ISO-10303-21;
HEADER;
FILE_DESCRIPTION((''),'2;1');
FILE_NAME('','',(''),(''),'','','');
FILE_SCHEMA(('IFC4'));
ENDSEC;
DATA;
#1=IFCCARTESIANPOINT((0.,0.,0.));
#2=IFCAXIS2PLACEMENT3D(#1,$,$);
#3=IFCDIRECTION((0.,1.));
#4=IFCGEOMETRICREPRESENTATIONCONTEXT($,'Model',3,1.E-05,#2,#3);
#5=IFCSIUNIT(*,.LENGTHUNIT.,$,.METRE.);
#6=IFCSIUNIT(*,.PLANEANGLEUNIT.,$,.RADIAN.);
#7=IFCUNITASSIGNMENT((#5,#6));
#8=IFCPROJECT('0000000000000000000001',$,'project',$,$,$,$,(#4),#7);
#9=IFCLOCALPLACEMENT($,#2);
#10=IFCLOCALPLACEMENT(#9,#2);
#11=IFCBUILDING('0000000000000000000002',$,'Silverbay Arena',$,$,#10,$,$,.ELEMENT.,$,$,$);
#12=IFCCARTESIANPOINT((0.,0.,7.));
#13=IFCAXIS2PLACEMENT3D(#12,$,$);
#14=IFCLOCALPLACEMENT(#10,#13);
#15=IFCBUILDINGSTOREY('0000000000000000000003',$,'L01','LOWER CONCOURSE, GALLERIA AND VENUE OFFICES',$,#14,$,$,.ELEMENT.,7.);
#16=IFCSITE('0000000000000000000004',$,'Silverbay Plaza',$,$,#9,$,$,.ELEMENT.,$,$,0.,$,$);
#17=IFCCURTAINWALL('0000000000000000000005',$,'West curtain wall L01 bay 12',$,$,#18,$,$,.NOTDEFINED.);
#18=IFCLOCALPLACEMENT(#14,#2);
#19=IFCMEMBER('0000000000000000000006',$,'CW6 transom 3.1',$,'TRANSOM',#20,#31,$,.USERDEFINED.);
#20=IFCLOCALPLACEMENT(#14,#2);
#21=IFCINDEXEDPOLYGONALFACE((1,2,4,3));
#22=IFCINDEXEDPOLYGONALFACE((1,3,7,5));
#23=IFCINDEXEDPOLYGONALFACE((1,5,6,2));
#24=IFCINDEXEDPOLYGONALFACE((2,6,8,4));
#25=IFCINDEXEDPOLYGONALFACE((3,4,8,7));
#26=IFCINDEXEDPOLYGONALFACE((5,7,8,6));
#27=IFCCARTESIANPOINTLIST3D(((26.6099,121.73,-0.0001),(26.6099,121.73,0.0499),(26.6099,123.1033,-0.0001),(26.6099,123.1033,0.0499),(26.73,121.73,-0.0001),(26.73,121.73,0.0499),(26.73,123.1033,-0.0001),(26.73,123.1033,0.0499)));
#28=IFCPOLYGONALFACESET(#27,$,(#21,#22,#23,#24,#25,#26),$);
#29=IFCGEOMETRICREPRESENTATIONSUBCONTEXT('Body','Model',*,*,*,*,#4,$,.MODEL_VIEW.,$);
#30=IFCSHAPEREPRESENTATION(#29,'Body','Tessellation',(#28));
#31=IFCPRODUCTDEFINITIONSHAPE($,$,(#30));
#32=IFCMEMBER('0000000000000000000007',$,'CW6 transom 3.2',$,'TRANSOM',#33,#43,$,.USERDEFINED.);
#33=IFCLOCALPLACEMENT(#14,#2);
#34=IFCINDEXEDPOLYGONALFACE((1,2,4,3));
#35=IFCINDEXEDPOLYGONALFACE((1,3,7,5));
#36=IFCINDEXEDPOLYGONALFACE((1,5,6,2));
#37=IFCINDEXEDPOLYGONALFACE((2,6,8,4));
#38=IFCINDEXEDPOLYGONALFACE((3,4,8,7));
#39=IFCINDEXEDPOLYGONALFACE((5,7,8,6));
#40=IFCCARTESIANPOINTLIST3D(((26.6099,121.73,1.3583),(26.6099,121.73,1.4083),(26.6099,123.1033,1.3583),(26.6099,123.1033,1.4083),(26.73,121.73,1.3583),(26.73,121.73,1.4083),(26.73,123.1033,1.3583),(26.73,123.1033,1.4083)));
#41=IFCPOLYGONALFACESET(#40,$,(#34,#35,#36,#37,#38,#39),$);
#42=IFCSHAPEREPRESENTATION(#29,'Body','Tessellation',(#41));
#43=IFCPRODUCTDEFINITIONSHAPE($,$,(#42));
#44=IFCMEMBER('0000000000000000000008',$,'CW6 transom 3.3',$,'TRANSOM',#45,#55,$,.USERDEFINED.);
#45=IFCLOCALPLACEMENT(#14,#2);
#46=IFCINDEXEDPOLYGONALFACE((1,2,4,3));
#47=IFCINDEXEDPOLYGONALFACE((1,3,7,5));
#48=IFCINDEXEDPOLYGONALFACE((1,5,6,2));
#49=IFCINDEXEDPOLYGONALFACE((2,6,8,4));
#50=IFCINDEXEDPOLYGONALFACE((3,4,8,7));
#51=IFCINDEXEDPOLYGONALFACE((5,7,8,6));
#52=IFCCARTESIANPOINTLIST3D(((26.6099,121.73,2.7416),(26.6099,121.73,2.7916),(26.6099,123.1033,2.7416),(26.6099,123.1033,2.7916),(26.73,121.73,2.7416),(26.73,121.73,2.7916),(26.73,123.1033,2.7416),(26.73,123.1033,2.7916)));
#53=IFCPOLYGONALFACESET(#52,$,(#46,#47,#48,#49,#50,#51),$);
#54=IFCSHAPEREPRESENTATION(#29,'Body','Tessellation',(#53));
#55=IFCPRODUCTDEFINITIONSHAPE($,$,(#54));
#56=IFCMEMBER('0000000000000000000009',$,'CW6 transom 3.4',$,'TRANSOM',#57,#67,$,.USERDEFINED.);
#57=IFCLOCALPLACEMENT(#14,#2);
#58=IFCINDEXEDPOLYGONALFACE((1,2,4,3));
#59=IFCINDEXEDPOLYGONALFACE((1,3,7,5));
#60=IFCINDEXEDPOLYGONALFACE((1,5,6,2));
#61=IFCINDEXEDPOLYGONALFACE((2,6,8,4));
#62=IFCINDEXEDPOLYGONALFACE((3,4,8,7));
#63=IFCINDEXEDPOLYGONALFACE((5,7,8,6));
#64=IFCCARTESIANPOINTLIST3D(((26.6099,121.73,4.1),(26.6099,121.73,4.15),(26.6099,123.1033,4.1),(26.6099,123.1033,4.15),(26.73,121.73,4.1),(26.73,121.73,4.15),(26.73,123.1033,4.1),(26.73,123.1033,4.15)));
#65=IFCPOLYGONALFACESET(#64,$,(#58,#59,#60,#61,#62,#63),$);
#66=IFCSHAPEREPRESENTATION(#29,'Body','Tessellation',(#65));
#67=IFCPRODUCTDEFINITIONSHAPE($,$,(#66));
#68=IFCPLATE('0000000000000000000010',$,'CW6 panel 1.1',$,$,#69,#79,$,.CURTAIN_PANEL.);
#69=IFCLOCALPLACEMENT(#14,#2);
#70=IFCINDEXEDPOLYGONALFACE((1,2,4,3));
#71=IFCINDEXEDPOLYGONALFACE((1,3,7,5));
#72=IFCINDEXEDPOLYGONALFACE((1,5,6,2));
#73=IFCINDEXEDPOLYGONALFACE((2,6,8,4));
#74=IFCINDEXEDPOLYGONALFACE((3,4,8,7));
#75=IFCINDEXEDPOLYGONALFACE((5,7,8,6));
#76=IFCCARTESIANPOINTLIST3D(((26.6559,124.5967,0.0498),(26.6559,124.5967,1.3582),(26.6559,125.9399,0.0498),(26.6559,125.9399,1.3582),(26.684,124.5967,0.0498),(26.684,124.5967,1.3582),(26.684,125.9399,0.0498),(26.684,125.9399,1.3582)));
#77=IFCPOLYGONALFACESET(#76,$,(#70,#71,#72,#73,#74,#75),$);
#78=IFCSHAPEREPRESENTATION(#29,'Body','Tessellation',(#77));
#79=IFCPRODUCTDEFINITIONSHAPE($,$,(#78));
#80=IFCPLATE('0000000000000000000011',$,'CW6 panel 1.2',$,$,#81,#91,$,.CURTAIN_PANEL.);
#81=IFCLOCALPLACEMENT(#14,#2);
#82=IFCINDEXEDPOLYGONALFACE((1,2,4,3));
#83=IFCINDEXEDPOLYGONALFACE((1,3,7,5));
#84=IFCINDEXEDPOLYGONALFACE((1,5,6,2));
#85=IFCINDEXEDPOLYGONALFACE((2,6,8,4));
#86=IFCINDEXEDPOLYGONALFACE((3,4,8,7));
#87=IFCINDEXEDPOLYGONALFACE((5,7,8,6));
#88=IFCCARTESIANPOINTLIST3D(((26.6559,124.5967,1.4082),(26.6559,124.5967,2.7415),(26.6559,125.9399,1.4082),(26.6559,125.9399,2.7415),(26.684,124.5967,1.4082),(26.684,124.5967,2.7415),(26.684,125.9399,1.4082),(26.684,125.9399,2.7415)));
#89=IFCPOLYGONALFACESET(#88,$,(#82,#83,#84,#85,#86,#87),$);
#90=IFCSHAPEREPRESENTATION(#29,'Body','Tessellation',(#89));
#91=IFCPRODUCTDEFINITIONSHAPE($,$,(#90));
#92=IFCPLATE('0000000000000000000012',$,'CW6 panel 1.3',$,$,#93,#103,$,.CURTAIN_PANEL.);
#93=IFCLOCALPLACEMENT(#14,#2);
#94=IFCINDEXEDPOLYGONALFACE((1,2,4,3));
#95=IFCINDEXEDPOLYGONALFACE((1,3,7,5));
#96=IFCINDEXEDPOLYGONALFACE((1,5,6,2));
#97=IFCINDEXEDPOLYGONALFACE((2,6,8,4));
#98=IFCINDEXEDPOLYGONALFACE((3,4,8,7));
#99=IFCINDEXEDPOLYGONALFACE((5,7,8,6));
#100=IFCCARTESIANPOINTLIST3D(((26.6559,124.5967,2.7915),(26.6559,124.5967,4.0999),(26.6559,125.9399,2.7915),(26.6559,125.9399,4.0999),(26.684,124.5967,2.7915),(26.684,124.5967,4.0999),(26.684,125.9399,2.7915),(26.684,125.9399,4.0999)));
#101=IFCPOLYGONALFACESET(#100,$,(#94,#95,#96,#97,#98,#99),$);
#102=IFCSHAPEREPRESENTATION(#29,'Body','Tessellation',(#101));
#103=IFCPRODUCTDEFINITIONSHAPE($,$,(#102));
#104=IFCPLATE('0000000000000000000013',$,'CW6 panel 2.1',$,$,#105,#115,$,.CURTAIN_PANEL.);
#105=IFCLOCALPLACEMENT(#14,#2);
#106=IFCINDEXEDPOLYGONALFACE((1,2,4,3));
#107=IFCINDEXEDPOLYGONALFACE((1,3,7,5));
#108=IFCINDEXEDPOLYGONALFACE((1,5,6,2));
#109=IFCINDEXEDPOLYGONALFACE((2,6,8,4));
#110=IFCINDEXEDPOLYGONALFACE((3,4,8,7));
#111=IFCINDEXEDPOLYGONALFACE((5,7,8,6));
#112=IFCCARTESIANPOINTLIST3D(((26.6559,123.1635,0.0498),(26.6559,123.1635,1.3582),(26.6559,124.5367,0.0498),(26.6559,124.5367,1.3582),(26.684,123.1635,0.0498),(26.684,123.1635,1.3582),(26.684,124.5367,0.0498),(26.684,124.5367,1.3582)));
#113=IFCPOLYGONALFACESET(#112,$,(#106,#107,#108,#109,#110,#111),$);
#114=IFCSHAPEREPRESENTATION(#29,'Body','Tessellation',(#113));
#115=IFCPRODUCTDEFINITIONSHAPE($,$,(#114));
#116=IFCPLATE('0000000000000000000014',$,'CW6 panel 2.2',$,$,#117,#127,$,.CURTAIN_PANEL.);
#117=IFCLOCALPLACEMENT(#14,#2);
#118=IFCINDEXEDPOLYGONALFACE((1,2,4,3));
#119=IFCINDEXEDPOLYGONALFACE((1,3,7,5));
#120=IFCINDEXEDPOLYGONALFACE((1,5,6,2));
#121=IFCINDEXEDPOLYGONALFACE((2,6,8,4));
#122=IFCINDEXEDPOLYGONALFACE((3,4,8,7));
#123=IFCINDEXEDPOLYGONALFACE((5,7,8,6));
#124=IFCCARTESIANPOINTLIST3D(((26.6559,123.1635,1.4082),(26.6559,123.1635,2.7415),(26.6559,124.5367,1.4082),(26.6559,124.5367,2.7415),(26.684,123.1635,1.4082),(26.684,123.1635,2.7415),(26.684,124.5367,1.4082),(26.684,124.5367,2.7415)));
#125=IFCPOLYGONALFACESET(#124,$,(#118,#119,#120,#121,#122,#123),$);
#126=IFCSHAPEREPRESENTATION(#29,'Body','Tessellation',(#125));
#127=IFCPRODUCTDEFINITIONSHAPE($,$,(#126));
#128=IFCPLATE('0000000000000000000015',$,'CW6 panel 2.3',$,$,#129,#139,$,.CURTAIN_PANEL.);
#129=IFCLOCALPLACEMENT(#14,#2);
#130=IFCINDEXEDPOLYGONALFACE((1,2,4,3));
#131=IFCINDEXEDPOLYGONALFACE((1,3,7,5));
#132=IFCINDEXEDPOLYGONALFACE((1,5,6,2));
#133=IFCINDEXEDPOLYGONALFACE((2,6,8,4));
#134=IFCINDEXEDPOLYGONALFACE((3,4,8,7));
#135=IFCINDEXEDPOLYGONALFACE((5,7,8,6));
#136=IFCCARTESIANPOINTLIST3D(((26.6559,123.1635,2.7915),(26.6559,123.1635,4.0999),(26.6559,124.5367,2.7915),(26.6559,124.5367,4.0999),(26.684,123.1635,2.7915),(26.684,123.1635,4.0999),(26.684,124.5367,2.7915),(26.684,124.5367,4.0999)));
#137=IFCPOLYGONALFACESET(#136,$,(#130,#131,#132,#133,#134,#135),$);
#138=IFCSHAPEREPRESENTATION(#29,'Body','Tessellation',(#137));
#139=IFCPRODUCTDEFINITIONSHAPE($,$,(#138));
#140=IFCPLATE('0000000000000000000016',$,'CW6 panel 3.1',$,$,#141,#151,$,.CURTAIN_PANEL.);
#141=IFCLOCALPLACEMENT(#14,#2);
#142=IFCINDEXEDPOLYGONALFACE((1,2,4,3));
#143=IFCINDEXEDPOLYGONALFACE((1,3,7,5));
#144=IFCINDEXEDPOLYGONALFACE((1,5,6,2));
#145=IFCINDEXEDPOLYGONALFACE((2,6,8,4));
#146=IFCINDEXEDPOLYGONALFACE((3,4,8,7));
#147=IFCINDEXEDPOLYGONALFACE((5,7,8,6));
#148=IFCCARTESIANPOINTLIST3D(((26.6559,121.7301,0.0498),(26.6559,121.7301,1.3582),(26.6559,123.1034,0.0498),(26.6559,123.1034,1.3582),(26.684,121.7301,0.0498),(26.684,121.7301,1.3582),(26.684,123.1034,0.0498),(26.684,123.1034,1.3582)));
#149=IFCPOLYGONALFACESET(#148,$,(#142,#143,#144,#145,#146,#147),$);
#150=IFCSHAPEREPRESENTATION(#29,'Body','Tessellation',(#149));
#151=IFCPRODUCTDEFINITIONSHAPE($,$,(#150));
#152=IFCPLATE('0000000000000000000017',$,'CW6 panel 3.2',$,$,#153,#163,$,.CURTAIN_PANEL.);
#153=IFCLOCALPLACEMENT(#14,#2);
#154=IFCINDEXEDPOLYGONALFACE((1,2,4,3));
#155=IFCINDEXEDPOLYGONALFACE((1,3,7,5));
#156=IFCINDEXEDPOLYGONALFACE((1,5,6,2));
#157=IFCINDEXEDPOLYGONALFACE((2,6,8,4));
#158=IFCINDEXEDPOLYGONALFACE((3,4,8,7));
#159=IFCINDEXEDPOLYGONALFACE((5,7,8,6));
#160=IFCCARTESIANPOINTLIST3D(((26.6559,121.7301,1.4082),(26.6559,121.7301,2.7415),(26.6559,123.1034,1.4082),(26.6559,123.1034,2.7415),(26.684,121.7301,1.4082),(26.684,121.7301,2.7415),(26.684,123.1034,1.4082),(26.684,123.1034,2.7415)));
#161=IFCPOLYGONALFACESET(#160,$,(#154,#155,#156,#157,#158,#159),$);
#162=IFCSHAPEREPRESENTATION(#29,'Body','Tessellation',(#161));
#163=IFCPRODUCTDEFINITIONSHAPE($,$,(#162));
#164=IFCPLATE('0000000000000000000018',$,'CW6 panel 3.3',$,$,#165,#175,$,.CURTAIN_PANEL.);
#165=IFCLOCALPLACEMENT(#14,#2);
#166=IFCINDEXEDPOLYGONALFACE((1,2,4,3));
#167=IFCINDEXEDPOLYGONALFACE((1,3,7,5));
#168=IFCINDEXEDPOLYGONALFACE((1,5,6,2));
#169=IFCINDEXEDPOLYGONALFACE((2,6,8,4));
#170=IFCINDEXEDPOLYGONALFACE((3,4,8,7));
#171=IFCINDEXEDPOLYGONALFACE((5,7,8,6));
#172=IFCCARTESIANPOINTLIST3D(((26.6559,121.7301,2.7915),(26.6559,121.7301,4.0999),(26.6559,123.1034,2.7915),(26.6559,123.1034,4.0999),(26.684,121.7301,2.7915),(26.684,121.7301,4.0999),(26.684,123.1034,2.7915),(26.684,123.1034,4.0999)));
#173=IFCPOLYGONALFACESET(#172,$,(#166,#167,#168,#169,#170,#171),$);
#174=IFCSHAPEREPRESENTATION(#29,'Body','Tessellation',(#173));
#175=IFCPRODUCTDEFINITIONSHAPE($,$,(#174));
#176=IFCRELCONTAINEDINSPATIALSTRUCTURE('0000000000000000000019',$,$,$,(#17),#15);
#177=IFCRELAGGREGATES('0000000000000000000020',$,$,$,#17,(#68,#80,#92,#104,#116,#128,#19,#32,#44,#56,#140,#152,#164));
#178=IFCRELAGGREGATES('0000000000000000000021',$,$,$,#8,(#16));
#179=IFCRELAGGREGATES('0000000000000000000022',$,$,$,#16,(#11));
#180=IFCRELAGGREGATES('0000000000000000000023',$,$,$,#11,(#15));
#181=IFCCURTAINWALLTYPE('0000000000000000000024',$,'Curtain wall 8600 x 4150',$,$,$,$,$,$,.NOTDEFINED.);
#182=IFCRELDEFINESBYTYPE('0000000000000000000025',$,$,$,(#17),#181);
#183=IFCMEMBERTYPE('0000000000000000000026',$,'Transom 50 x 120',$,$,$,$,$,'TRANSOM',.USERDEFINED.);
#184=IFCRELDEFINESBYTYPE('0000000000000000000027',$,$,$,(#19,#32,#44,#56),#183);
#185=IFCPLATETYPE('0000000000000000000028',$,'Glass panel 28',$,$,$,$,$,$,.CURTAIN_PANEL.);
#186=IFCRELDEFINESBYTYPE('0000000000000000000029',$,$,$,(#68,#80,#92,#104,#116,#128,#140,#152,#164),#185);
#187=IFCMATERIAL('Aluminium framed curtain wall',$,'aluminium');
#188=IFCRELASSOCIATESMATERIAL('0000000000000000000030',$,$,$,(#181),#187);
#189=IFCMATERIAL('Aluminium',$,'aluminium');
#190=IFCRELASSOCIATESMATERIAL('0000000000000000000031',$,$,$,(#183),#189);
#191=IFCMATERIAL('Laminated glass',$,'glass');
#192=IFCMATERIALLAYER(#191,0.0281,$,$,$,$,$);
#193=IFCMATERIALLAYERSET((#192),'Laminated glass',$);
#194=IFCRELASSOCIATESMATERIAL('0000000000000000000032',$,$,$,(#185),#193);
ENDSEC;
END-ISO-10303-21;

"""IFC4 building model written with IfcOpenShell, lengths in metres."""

from ifc_helpers import new_model, si_unit, direction, frame, origin, origin_2d, place, context, subcontext, project, spatial, rectangle, extrude, material, layer, layer_set, material_profile, profile_set, type_object, element, aggregate, save


model = new_model("IFC4")

# Units and contexts
model_context = context("Model", 3, precision=1e-05, world=origin(), true_north=direction((0.0, 1.0)))
body_context = subcontext(model_context, "Body", "Model", "MODEL_VIEW")
ifc_project = project(units=[si_unit("LENGTHUNIT", "METRE"), si_unit("PLANEANGLEUNIT", "RADIAN")], contexts=[model_context])

# Site, building, storey
site_placement = place(None, origin())
site = spatial("IfcSite", under=ifc_project, at=site_placement, Name="Silverbay Plaza", CompositionType="ELEMENT", RefElevation=0.0)
building_placement = place(site_placement, origin())
building = spatial("IfcBuilding", under=site, at=building_placement, Name="Silverbay Arena", CompositionType="ELEMENT")
storey_placement = place(building_placement, frame((0.0, 0.0, 7.0)))
storey = spatial("IfcBuildingStorey", under=building, at=storey_placement, Name="L01", Description="LOWER CONCOURSE, GALLERIA AND VENUE OFFICES", CompositionType="ELEMENT", Elevation=7.0)

# Curtain wall
ifc_material_1 = material(Name="Aluminium framed curtain wall", Category="aluminium")
curtain_wall_type = type_object("IfcCurtainWallType", Name="Curtain wall 8600 x 4150", PredefinedType="NOTDEFINED", material=ifc_material_1)
curtain_wall_placement = place(storey_placement, origin())
curtain_wall = element("IfcCurtainWall", 1, at=curtain_wall_placement, inside=storey, type_object=curtain_wall_type, Name="West curtain wall L01 bay 12", PredefinedType="NOTDEFINED")

# Members
ifc_material_2 = material(Name="Aluminium", Category="aluminium")
ifc_material_profile_1 = material_profile(ifc_material_2, rectangle(XDim=0.1201, YDim=0.05, at=origin_2d()), Name="Transom 50 x 120")
ifc_profile_set_1 = profile_set([ifc_material_profile_1], Name="Aluminium")
member_type_1 = type_object("IfcMemberType", Name="Transom 50 x 120", ElementType="TRANSOM", PredefinedType="USERDEFINED", material=ifc_profile_set_1)
member_1_placement = place(storey_placement, frame((26.6699, 123.1033, 0.0249), z_axis=(0.0, -1.0, 0.0), x_axis=(1.0, 0.0, 0.0)))
member_1 = element("IfcMember", 2, at=member_1_placement, type_object=member_type_1, Name="CW6 transom 3.1", ObjectType="TRANSOM", PredefinedType="USERDEFINED", context=body_context, shape_type="SweptSolid", body=[
    extrude(rectangle(XDim=0.1201, YDim=0.05, at=origin_2d()), origin(), (0.0, 0.0, 1.0), 1.3733),
])
member_2_placement = place(storey_placement, frame((26.6699, 123.1033, 1.3833), z_axis=(0.0, -1.0, 0.0), x_axis=(1.0, 0.0, 0.0)))
member_2 = element("IfcMember", 3, at=member_2_placement, type_object=member_type_1, Name="CW6 transom 3.2", ObjectType="TRANSOM", PredefinedType="USERDEFINED", context=body_context, shape_type="SweptSolid", body=[
    extrude(rectangle(XDim=0.1201, YDim=0.05, at=origin_2d()), origin(), (0.0, 0.0, 1.0), 1.3733),
])
member_3_placement = place(storey_placement, frame((26.6699, 123.1033, 2.7666), z_axis=(0.0, -1.0, 0.0), x_axis=(1.0, 0.0, 0.0)))
member_3 = element("IfcMember", 4, at=member_3_placement, type_object=member_type_1, Name="CW6 transom 3.3", ObjectType="TRANSOM", PredefinedType="USERDEFINED", context=body_context, shape_type="SweptSolid", body=[
    extrude(rectangle(XDim=0.1201, YDim=0.05, at=origin_2d()), origin(), (0.0, 0.0, 1.0), 1.3733),
])
member_4_placement = place(storey_placement, frame((26.6699, 123.1033, 4.125), z_axis=(0.0, -1.0, 0.0), x_axis=(1.0, 0.0, 0.0)))
member_4 = element("IfcMember", 5, at=member_4_placement, type_object=member_type_1, Name="CW6 transom 3.4", ObjectType="TRANSOM", PredefinedType="USERDEFINED", context=body_context, shape_type="SweptSolid", body=[
    extrude(rectangle(XDim=0.1201, YDim=0.05, at=origin_2d()), origin(), (0.0, 0.0, 1.0), 1.3733),
])

# Plates
ifc_material_3 = material(Name="Laminated glass", Category="glass")
ifc_layer_1 = layer(ifc_material_3, 0.0281)
ifc_layer_set_1 = layer_set([ifc_layer_1], Name="Laminated glass")
plate_type = type_object("IfcPlateType", Name="Glass panel 28", PredefinedType="CURTAIN_PANEL", material=ifc_layer_set_1)
plate_1_placement = place(storey_placement, frame((26.6699, 125.2683, 0.0498), z_axis=(0.0, 0.0, 1.0), x_axis=(0.0, -1.0, 0.0)))
plate_1 = element("IfcPlate", 6, at=plate_1_placement, type_object=plate_type, Name="CW6 panel 1.1", PredefinedType="CURTAIN_PANEL", context=body_context, shape_type="SweptSolid", body=[
    extrude(rectangle(XDim=1.3433, YDim=0.0281, at=origin_2d()), origin(), (0.0, 0.0, 1.0), 1.3083),
])
plate_2_placement = place(storey_placement, frame((26.6699, 125.2683, 1.4082), z_axis=(0.0, 0.0, 1.0), x_axis=(0.0, -1.0, 0.0)))
plate_2 = element("IfcPlate", 7, at=plate_2_placement, type_object=plate_type, Name="CW6 panel 1.2", PredefinedType="CURTAIN_PANEL", context=body_context, shape_type="SweptSolid", body=[
    extrude(rectangle(XDim=1.3433, YDim=0.0281, at=origin_2d()), origin(), (0.0, 0.0, 1.0), 1.3333),
])
plate_3_placement = place(storey_placement, frame((26.6699, 125.2683, 2.7915), z_axis=(0.0, 0.0, 1.0), x_axis=(0.0, -1.0, 0.0)))
plate_3 = element("IfcPlate", 8, at=plate_3_placement, type_object=plate_type, Name="CW6 panel 1.3", PredefinedType="CURTAIN_PANEL", context=body_context, shape_type="SweptSolid", body=[
    extrude(rectangle(XDim=1.3433, YDim=0.0281, at=origin_2d()), origin(), (0.0, 0.0, 1.0), 1.3083),
])
plate_4_placement = place(storey_placement, frame((26.6699, 123.8501, 0.0498), z_axis=(0.0, 0.0, 1.0), x_axis=(0.0, -1.0, 0.0)))
plate_4 = element("IfcPlate", 9, at=plate_4_placement, type_object=plate_type, Name="CW6 panel 2.1", PredefinedType="CURTAIN_PANEL", context=body_context, shape_type="SweptSolid", body=[
    extrude(rectangle(XDim=1.3733, YDim=0.0281, at=origin_2d()), origin(), (0.0, 0.0, 1.0), 1.3083),
])
plate_5_placement = place(storey_placement, frame((26.6699, 123.8501, 1.4082), z_axis=(0.0, 0.0, 1.0), x_axis=(0.0, -1.0, 0.0)))
plate_5 = element("IfcPlate", 10, at=plate_5_placement, type_object=plate_type, Name="CW6 panel 2.2", PredefinedType="CURTAIN_PANEL", context=body_context, shape_type="SweptSolid", body=[
    extrude(rectangle(XDim=1.3733, YDim=0.0281, at=origin_2d()), origin(), (0.0, 0.0, 1.0), 1.3333),
])
plate_6_placement = place(storey_placement, frame((26.6699, 123.8501, 2.7915), z_axis=(0.0, 0.0, 1.0), x_axis=(0.0, -1.0, 0.0)))
plate_6 = element("IfcPlate", 11, at=plate_6_placement, type_object=plate_type, Name="CW6 panel 2.3", PredefinedType="CURTAIN_PANEL", context=body_context, shape_type="SweptSolid", body=[
    extrude(rectangle(XDim=1.3733, YDim=0.0281, at=origin_2d()), origin(), (0.0, 0.0, 1.0), 1.3083),
])
plate_7_placement = place(storey_placement, frame((26.6699, 122.4167, 0.0498), z_axis=(0.0, 0.0, 1.0), x_axis=(0.0, -1.0, 0.0)))
plate_7 = element("IfcPlate", 12, at=plate_7_placement, type_object=plate_type, Name="CW6 panel 3.1", PredefinedType="CURTAIN_PANEL", context=body_context, shape_type="SweptSolid", body=[
    extrude(rectangle(XDim=1.3733, YDim=0.0281, at=origin_2d()), origin(), (0.0, 0.0, 1.0), 1.3083),
])
plate_8_placement = place(storey_placement, frame((26.6699, 122.4167, 1.4082), z_axis=(0.0, 0.0, 1.0), x_axis=(0.0, -1.0, 0.0)))
plate_8 = element("IfcPlate", 13, at=plate_8_placement, type_object=plate_type, Name="CW6 panel 3.2", PredefinedType="CURTAIN_PANEL", context=body_context, shape_type="SweptSolid", body=[
    extrude(rectangle(XDim=1.3733, YDim=0.0281, at=origin_2d()), origin(), (0.0, 0.0, 1.0), 1.3333),
])
plate_9_placement = place(storey_placement, frame((26.6699, 122.4167, 2.7915), z_axis=(0.0, 0.0, 1.0), x_axis=(0.0, -1.0, 0.0)))
plate_9 = element("IfcPlate", 14, at=plate_9_placement, type_object=plate_type, Name="CW6 panel 3.3", PredefinedType="CURTAIN_PANEL", context=body_context, shape_type="SweptSolid", body=[
    extrude(rectangle(XDim=1.3733, YDim=0.0281, at=origin_2d()), origin(), (0.0, 0.0, 1.0), 1.3083),
])
aggregate(curtain_wall, [plate_1, plate_2, plate_3, plate_4, plate_5, plate_6, member_1, member_2, member_3, member_4, plate_7, plate_8, plate_9])

save(model, "model.ifc")
